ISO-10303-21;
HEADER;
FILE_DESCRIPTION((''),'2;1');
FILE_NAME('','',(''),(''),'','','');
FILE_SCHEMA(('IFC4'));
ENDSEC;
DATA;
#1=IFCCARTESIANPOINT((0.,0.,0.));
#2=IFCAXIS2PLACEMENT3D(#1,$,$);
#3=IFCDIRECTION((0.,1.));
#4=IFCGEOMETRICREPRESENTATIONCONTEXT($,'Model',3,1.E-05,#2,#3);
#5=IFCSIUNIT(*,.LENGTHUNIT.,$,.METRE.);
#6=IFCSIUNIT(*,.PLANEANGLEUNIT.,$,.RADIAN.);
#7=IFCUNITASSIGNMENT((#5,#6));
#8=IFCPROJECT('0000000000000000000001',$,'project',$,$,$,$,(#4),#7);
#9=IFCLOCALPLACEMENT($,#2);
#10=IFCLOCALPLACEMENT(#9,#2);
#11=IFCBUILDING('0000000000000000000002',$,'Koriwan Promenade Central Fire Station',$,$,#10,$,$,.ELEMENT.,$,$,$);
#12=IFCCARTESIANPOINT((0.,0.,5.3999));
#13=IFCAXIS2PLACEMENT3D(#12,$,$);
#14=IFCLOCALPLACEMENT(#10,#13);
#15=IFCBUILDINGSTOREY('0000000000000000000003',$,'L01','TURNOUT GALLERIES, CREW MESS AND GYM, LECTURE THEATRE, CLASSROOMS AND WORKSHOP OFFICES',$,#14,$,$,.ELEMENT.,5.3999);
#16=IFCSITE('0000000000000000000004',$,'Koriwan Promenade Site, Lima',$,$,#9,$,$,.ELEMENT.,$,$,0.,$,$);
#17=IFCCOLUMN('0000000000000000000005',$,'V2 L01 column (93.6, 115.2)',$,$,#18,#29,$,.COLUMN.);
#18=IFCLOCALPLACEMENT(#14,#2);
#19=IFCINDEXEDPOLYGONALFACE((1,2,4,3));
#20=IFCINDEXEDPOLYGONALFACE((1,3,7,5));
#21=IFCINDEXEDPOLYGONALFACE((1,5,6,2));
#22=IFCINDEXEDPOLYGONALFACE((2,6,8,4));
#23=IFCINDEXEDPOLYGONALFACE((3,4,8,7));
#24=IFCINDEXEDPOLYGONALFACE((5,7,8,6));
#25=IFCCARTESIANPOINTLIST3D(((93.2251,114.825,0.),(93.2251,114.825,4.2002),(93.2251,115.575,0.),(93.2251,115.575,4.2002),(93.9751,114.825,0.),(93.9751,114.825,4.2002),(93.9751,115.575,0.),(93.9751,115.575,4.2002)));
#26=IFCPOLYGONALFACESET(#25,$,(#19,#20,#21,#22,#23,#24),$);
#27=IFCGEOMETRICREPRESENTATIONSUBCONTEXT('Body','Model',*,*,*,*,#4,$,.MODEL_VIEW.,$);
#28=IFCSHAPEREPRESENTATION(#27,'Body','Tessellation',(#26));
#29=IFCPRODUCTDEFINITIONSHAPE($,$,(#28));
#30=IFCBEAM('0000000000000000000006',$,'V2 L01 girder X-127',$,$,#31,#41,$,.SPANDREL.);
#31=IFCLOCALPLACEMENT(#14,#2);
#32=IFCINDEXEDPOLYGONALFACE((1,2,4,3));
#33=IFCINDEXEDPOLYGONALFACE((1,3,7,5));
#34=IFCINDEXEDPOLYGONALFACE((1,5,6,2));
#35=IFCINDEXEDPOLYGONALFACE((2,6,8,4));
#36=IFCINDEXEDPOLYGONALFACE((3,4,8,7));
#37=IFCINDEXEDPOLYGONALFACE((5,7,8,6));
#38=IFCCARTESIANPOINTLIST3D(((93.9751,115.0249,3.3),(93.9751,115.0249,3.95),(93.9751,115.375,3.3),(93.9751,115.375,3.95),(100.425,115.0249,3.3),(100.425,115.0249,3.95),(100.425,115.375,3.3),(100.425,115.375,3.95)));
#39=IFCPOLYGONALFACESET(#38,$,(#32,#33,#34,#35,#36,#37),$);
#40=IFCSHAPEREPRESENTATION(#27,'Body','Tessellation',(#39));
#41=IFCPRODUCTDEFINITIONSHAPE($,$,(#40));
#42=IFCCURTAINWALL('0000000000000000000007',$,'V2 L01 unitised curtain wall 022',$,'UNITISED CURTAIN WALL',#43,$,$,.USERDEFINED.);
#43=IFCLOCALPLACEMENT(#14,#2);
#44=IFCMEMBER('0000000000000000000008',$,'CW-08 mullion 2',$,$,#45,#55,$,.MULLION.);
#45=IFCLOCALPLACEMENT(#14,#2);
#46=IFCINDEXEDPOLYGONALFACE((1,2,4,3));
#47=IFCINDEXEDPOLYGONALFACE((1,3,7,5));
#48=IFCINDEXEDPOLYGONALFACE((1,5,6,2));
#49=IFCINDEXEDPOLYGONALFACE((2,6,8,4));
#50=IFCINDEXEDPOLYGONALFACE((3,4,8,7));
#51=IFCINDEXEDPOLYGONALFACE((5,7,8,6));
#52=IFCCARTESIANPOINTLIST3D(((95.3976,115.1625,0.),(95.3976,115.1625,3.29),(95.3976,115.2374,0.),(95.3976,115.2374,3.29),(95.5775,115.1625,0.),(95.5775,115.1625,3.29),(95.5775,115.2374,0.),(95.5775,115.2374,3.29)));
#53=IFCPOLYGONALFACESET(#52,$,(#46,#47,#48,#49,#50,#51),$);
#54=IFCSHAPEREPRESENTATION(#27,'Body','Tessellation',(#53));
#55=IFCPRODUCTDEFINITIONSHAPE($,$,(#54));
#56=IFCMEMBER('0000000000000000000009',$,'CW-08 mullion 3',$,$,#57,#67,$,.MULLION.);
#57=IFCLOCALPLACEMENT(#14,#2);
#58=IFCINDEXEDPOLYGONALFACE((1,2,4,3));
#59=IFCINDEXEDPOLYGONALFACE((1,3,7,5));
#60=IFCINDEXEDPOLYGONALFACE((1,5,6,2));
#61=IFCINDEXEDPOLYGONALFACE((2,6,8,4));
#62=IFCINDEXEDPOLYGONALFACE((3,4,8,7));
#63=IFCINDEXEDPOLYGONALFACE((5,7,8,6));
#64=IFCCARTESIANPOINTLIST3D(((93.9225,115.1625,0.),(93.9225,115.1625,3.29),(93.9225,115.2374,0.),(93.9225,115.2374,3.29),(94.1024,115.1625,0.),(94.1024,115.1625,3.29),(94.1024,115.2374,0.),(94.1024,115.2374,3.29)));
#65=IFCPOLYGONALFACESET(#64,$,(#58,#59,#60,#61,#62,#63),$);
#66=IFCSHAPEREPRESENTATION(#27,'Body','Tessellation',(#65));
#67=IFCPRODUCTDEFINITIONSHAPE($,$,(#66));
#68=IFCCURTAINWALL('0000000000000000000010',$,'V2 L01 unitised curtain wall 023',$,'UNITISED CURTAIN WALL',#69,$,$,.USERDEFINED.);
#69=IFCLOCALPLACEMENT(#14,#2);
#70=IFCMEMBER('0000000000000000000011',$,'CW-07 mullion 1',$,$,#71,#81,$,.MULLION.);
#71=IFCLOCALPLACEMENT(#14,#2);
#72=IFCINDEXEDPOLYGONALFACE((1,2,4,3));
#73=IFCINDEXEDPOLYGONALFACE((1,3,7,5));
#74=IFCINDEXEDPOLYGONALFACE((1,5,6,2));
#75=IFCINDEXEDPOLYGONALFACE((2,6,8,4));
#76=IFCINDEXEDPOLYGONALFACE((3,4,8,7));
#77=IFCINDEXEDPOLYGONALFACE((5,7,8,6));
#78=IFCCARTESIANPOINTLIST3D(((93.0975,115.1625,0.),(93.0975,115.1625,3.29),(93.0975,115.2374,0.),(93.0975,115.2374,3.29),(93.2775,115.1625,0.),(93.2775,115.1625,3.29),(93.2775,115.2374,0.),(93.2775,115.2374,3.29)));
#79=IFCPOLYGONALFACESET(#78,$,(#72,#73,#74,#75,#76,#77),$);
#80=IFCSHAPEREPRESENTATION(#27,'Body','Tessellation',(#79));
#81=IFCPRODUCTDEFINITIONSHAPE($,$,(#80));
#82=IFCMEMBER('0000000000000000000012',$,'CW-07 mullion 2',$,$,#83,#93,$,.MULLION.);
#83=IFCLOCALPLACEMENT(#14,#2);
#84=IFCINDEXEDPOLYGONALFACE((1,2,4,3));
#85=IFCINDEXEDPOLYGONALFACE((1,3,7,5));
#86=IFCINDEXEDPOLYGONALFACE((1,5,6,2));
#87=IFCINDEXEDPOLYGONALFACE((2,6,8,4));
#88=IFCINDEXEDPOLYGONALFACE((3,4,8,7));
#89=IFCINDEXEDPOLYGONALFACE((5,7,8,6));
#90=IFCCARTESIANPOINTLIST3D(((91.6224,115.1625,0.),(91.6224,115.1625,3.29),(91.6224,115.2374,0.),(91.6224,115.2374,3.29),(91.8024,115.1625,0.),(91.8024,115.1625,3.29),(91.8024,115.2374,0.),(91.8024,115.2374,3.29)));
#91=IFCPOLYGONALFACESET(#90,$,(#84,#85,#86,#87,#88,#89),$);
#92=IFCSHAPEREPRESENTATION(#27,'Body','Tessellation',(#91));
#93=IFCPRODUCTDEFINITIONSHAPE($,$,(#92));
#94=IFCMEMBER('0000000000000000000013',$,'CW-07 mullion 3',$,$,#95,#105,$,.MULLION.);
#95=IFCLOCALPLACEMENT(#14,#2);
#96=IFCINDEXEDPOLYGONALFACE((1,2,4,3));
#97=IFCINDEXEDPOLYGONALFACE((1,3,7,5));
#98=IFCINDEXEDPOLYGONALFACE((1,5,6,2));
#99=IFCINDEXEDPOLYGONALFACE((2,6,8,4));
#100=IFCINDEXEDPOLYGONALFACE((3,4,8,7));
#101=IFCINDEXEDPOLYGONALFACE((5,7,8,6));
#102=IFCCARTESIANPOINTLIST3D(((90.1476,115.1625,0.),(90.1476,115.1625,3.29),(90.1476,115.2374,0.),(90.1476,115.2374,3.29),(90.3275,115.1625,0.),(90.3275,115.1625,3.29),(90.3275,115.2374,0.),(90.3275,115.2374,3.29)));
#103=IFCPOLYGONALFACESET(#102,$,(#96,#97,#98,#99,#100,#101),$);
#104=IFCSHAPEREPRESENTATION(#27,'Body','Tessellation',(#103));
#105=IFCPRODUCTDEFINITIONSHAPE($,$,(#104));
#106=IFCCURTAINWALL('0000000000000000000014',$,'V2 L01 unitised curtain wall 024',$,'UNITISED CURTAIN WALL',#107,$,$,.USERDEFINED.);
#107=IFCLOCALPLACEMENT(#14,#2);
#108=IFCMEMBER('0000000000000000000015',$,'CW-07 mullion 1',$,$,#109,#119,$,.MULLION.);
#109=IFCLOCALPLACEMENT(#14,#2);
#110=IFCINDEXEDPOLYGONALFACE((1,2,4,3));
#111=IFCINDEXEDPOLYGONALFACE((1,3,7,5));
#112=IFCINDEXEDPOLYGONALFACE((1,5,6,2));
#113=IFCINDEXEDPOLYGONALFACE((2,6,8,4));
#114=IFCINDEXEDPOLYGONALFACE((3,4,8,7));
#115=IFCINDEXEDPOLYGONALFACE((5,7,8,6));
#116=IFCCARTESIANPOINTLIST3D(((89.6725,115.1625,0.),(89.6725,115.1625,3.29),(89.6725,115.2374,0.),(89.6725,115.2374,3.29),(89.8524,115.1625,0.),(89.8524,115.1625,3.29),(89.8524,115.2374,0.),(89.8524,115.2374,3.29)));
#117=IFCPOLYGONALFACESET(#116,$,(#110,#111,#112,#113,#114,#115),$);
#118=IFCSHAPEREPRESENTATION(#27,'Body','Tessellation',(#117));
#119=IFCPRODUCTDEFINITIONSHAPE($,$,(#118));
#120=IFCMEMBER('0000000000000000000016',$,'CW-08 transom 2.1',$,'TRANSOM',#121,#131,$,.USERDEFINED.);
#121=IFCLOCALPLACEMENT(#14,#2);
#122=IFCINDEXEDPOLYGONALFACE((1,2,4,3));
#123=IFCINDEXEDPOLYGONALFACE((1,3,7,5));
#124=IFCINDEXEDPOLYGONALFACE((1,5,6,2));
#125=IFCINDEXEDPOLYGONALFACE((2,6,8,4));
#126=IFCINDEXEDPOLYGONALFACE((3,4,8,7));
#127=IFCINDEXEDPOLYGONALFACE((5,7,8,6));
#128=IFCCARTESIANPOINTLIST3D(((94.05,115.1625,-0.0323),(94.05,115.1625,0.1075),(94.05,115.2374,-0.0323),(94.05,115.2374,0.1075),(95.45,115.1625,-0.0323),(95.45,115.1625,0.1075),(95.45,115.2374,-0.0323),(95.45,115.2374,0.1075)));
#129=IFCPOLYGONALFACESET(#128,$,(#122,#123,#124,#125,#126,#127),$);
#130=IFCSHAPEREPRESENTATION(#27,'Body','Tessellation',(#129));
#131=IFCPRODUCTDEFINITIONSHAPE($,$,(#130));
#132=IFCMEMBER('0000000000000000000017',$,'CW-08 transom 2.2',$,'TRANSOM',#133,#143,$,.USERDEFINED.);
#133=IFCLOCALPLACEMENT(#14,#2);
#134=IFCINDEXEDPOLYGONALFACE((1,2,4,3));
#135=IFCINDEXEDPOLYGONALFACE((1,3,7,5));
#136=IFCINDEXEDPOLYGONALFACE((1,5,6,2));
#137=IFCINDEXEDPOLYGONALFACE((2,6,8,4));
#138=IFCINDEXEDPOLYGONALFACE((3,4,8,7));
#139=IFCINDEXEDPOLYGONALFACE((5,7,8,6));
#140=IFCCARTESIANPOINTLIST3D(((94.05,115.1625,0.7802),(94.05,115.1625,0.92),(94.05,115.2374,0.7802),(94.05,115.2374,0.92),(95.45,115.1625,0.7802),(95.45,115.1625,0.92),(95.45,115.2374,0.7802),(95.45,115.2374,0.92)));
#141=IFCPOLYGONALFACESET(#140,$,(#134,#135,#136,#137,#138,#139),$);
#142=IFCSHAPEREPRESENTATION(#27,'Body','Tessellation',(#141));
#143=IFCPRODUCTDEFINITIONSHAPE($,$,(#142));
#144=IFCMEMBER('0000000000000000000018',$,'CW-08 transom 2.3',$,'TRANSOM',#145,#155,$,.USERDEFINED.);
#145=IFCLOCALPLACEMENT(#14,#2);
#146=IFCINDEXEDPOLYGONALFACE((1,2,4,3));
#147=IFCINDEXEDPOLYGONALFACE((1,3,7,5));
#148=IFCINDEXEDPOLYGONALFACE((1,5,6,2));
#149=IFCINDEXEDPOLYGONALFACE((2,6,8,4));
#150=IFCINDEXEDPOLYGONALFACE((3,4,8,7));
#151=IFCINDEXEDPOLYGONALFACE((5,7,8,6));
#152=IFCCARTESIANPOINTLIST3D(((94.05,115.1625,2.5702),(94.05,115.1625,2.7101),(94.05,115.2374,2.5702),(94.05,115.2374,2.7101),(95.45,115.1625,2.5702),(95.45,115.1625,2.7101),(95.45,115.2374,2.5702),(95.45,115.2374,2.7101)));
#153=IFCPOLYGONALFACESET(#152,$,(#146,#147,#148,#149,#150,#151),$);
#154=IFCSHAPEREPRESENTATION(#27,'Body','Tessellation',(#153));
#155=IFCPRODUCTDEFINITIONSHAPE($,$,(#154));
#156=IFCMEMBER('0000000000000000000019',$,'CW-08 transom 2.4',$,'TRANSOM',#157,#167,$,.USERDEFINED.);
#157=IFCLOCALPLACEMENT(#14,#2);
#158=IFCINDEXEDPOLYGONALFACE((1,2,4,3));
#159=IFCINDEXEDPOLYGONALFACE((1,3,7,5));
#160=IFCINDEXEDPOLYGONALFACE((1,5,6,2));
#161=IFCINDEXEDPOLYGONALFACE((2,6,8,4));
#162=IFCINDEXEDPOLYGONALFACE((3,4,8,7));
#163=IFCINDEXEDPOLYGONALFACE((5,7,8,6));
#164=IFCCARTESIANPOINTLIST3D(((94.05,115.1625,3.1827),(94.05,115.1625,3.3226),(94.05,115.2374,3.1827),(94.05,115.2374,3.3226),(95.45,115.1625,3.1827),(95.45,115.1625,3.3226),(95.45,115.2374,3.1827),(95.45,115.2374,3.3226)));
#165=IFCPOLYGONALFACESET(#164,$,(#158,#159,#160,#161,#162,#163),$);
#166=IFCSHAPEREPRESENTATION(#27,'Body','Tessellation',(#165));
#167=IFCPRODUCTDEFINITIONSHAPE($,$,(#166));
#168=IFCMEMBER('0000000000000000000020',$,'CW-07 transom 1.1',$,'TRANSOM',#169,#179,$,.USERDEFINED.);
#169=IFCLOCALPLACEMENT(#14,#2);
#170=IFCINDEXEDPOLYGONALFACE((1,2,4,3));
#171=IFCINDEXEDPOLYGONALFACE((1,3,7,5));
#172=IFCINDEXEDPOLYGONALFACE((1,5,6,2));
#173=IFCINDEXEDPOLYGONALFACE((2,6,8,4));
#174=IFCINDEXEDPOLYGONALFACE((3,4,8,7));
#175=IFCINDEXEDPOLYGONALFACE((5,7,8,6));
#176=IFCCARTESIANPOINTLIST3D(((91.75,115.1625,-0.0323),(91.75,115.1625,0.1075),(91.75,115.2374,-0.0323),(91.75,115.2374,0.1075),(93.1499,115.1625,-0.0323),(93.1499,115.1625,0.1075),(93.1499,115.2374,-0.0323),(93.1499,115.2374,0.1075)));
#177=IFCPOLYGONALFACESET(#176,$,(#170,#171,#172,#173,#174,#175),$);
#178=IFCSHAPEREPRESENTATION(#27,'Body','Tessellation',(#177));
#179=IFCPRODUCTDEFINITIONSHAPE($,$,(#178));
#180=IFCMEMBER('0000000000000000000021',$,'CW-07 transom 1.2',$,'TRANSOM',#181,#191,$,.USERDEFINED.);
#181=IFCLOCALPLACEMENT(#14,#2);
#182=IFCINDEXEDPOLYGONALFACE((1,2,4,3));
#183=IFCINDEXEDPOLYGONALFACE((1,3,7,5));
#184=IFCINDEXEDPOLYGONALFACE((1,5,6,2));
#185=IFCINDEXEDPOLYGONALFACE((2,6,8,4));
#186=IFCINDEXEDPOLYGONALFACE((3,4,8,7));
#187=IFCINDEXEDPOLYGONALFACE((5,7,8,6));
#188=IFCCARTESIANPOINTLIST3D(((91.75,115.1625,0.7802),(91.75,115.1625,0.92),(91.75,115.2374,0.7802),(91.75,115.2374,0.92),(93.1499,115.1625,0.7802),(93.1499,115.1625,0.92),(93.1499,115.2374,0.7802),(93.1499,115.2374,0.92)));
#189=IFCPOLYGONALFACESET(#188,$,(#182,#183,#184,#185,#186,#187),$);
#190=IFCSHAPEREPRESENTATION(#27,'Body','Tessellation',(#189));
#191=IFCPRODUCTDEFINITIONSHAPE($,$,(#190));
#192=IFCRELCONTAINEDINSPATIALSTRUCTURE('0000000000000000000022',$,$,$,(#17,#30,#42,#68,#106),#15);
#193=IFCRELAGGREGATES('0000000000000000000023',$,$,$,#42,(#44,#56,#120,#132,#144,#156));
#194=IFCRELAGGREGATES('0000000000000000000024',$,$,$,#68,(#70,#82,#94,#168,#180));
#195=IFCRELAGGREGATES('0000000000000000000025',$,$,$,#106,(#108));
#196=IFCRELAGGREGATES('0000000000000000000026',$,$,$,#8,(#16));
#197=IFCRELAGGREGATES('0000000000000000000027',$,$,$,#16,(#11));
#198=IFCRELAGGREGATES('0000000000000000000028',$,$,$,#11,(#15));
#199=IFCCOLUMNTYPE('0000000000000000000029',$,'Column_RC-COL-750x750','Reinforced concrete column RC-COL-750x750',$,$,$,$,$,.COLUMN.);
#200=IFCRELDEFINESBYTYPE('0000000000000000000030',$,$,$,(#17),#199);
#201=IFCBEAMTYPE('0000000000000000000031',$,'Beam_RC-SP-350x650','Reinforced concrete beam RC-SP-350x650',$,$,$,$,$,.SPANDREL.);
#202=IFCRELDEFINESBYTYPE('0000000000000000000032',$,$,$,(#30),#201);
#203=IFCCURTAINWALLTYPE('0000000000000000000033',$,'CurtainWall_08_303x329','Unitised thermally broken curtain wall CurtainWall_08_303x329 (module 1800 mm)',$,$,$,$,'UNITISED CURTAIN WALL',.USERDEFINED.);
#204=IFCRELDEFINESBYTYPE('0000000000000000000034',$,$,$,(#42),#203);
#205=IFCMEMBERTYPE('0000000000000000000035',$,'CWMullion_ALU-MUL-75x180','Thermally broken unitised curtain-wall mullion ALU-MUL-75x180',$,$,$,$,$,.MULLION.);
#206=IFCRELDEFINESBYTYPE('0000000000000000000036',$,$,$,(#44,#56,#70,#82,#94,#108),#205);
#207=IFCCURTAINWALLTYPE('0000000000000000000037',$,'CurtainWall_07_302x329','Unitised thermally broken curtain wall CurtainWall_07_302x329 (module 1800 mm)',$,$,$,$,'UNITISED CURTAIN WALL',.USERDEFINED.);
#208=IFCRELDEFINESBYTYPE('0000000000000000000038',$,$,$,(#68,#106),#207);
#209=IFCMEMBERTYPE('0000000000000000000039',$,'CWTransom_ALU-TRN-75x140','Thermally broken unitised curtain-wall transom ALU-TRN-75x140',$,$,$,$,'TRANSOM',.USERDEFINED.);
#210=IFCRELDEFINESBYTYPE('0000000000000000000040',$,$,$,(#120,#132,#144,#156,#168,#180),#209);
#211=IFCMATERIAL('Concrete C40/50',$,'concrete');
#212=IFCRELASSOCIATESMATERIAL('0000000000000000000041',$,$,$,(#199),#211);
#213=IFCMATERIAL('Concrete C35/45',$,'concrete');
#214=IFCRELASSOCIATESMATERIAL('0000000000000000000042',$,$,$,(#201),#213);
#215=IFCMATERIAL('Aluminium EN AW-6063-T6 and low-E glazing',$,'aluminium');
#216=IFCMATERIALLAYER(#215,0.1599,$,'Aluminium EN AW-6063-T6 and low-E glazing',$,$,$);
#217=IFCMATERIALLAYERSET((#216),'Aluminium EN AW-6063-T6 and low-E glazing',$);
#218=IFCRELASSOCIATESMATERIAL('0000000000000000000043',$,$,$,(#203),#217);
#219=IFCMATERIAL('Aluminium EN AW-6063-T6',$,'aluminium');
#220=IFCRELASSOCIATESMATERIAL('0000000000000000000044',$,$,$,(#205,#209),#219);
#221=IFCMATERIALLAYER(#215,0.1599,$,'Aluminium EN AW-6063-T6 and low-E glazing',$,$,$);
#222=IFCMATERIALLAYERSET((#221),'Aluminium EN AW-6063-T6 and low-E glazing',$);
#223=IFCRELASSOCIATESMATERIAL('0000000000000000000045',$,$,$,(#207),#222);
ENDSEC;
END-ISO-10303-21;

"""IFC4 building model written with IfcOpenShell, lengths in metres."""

from ifc_helpers import new_model, si_unit, direction, frame, origin, origin_2d, place, context, subcontext, project, spatial, rectangle, extrude, material, layer, layer_set, material_profile, profile_set, type_object, element, aggregate, save


model = new_model("IFC4")

# Units and contexts
model_context = context("Model", 3, precision=1e-05, world=origin(), true_north=direction((0.0, 1.0)))
body_context = subcontext(model_context, "Body", "Model", "MODEL_VIEW")
ifc_project = project(units=[si_unit("LENGTHUNIT", "METRE"), si_unit("PLANEANGLEUNIT", "RADIAN")], contexts=[model_context])

# Site, building, storey
site_placement = place(None, origin())
site = spatial("IfcSite", under=ifc_project, at=site_placement, Name="Koriwan Promenade Site, Lima", CompositionType="ELEMENT", RefElevation=0.0)
building_placement = place(site_placement, origin())
building = spatial("IfcBuilding", under=site, at=building_placement, Name="Koriwan Promenade Central Fire Station", CompositionType="ELEMENT")
storey_placement = place(building_placement, frame((0.0, 0.0, 5.3999)))
storey = spatial("IfcBuildingStorey", under=building, at=storey_placement, Name="L01", Description="TURNOUT GALLERIES, CREW MESS AND GYM, LECTURE THEATRE, CLASSROOMS AND WORKSHOP OFFICES", CompositionType="ELEMENT", Elevation=5.3999)

# Column
ifc_material_1 = material(Name="Concrete C40/50", Category="concrete")
ifc_material_profile_1 = material_profile(ifc_material_1, rectangle(XDim=0.75, YDim=0.75, at=origin_2d()), Name="RC-COL-750x750")
ifc_profile_set_1 = profile_set([ifc_material_profile_1], Name="Concrete C40/50")
column_type = type_object("IfcColumnType", Name="Column_RC-COL-750x750", Description="Reinforced concrete column RC-COL-750x750", PredefinedType="COLUMN", material=ifc_profile_set_1)
column_placement = place(storey_placement, frame((93.6001, 115.2, 0.0), z_axis=(0.0, 0.0, 1.0), x_axis=(1.0, 0.0, 0.0)))
element("IfcColumn", 1, at=column_placement, inside=storey, type_object=column_type, Name="V2 L01 column (93.6, 115.2)", PredefinedType="COLUMN", context=body_context, shape_type="SweptSolid", body=[
    extrude(rectangle(XDim=0.75, YDim=0.75, at=origin_2d()), origin(), (0.0, 0.0, 1.0), 4.2002),
])

# Beam
ifc_material_2 = material(Name="Concrete C35/45", Category="concrete")
ifc_material_profile_2 = material_profile(ifc_material_2, rectangle(XDim=0.3501, YDim=0.6499, at=origin_2d()), Name="RC-SP-350x650")
ifc_profile_set_2 = profile_set([ifc_material_profile_2], Name="Concrete C35/45")
beam_type = type_object("IfcBeamType", Name="Beam_RC-SP-350x650", Description="Reinforced concrete beam RC-SP-350x650", PredefinedType="SPANDREL", material=ifc_profile_set_2)
beam_placement = place(storey_placement, frame((93.9751, 115.2, 3.625), z_axis=(1.0, 0.0, 0.0), x_axis=(0.0, 1.0, 0.0)))
element("IfcBeam", 2, at=beam_placement, inside=storey, type_object=beam_type, Name="V2 L01 girder X-127", PredefinedType="SPANDREL", context=body_context, shape_type="SweptSolid", body=[
    extrude(rectangle(XDim=0.3501, YDim=0.6499, at=origin_2d()), origin(), (0.0, 0.0, 1.0), 6.45),
])

# Curtain walls, members
ifc_material_3 = material(Name="Aluminium EN AW-6063-T6 and low-E glazing", Category="aluminium")
ifc_layer_1 = layer(ifc_material_3, 0.1599, Name="Aluminium EN AW-6063-T6 and low-E glazing")
ifc_layer_set_1 = layer_set([ifc_layer_1], Name="Aluminium EN AW-6063-T6 and low-E glazing")
curtain_wall_type_1 = type_object("IfcCurtainWallType", Name="CurtainWall_08_303x329", Description="Unitised thermally broken curtain wall CurtainWall_08_303x329 (module 1800 mm)", ElementType="UNITISED CURTAIN WALL", PredefinedType="USERDEFINED", material=ifc_layer_set_1)
curtain_wall_1_placement = place(storey_placement, origin())
curtain_wall_1 = element("IfcCurtainWall", 3, at=curtain_wall_1_placement, inside=storey, type_object=curtain_wall_type_1, Name="V2 L01 unitised curtain wall 022", ObjectType="UNITISED CURTAIN WALL", PredefinedType="USERDEFINED")
ifc_material_4 = material(Name="Aluminium EN AW-6063-T6", Category="aluminium")
ifc_material_profile_3 = material_profile(ifc_material_4, rectangle(XDim=0.075, YDim=0.1799, at=origin_2d()), Name="ALU-MUL-75x180")
ifc_profile_set_3 = profile_set([ifc_material_profile_3], Name="Aluminium EN AW-6063-T6")
member_type_1 = type_object("IfcMemberType", Name="CWMullion_ALU-MUL-75x180", Description="Thermally broken unitised curtain-wall mullion ALU-MUL-75x180", PredefinedType="MULLION", material=ifc_profile_set_3)
member_1_placement = place(storey_placement, frame((95.4875, 115.2, 0.0), z_axis=(0.0, 0.0, 1.0), x_axis=(0.0, -1.0, 0.0)))
member_1 = element("IfcMember", 4, at=member_1_placement, type_object=member_type_1, Name="CW-08 mullion 2", PredefinedType="MULLION", context=body_context, shape_type="SweptSolid", body=[
    extrude(rectangle(XDim=0.075, YDim=0.1799, at=origin_2d()), origin(), (0.0, 0.0, 1.0), 3.29),
])
member_2_placement = place(storey_placement, frame((94.0125, 115.2, 0.0), z_axis=(0.0, 0.0, 1.0), x_axis=(0.0, -1.0, 0.0)))
member_2 = element("IfcMember", 5, at=member_2_placement, type_object=member_type_1, Name="CW-08 mullion 3", PredefinedType="MULLION", context=body_context, shape_type="SweptSolid", body=[
    extrude(rectangle(XDim=0.075, YDim=0.1799, at=origin_2d()), origin(), (0.0, 0.0, 1.0), 3.29),
])
ifc_layer_2 = layer(ifc_material_3, 0.1599, Name="Aluminium EN AW-6063-T6 and low-E glazing")
ifc_layer_set_2 = layer_set([ifc_layer_2], Name="Aluminium EN AW-6063-T6 and low-E glazing")
curtain_wall_type_2 = type_object("IfcCurtainWallType", Name="CurtainWall_07_302x329", Description="Unitised thermally broken curtain wall CurtainWall_07_302x329 (module 1800 mm)", ElementType="UNITISED CURTAIN WALL", PredefinedType="USERDEFINED", material=ifc_layer_set_2)
curtain_wall_2_placement = place(storey_placement, origin())
curtain_wall_2 = element("IfcCurtainWall", 6, at=curtain_wall_2_placement, inside=storey, type_object=curtain_wall_type_2, Name="V2 L01 unitised curtain wall 023", ObjectType="UNITISED CURTAIN WALL", PredefinedType="USERDEFINED")
member_3_placement = place(storey_placement, frame((93.1875, 115.2, 0.0), z_axis=(0.0, 0.0, 1.0), x_axis=(0.0, -1.0, 0.0)))
member_3 = element("IfcMember", 7, at=member_3_placement, type_object=member_type_1, Name="CW-07 mullion 1", PredefinedType="MULLION", context=body_context, shape_type="SweptSolid", body=[
    extrude(rectangle(XDim=0.075, YDim=0.1799, at=origin_2d()), origin(), (0.0, 0.0, 1.0), 3.29),
])
member_4_placement = place(storey_placement, frame((91.7124, 115.2, 0.0), z_axis=(0.0, 0.0, 1.0), x_axis=(0.0, -1.0, 0.0)))
member_4 = element("IfcMember", 8, at=member_4_placement, type_object=member_type_1, Name="CW-07 mullion 2", PredefinedType="MULLION", context=body_context, shape_type="SweptSolid", body=[
    extrude(rectangle(XDim=0.075, YDim=0.1799, at=origin_2d()), origin(), (0.0, 0.0, 1.0), 3.29),
])
member_5_placement = place(storey_placement, frame((90.2375, 115.2, 0.0), z_axis=(0.0, 0.0, 1.0), x_axis=(0.0, -1.0, 0.0)))
member_5 = element("IfcMember", 9, at=member_5_placement, type_object=member_type_1, Name="CW-07 mullion 3", PredefinedType="MULLION", context=body_context, shape_type="SweptSolid", body=[
    extrude(rectangle(XDim=0.075, YDim=0.1799, at=origin_2d()), origin(), (0.0, 0.0, 1.0), 3.29),
])

# Curtain wall, member
curtain_wall_3_placement = place(storey_placement, origin())
curtain_wall_3 = element("IfcCurtainWall", 10, at=curtain_wall_3_placement, inside=storey, type_object=curtain_wall_type_2, Name="V2 L01 unitised curtain wall 024", ObjectType="UNITISED CURTAIN WALL", PredefinedType="USERDEFINED")
member_6_placement = place(storey_placement, frame((89.7625, 115.2, 0.0), z_axis=(0.0, 0.0, 1.0), x_axis=(0.0, -1.0, 0.0)))
member_6 = element("IfcMember", 11, at=member_6_placement, type_object=member_type_1, Name="CW-07 mullion 1", PredefinedType="MULLION", context=body_context, shape_type="SweptSolid", body=[
    extrude(rectangle(XDim=0.075, YDim=0.1799, at=origin_2d()), origin(), (0.0, 0.0, 1.0), 3.29),
])

# Members
ifc_material_profile_4 = material_profile(ifc_material_4, rectangle(XDim=0.075, YDim=0.1399, at=origin_2d()), Name="ALU-TRN-75x140")
ifc_profile_set_4 = profile_set([ifc_material_profile_4], Name="Aluminium EN AW-6063-T6")
member_type_2 = type_object("IfcMemberType", Name="CWTransom_ALU-TRN-75x140", Description="Thermally broken unitised curtain-wall transom ALU-TRN-75x140", ElementType="TRANSOM", PredefinedType="USERDEFINED", material=ifc_profile_set_4)
member_7_placement = place(storey_placement, frame((95.45, 115.2, 0.0376), z_axis=(-1.0, 0.0, 0.0), x_axis=(0.0, -1.0, 0.0)))
member_7 = element("IfcMember", 12, at=member_7_placement, type_object=member_type_2, Name="CW-08 transom 2.1", ObjectType="TRANSOM", PredefinedType="USERDEFINED", context=body_context, shape_type="SweptSolid", body=[
    extrude(rectangle(XDim=0.075, YDim=0.1399, at=origin_2d()), origin(), (0.0, 0.0, 1.0), 1.3999),
])
member_8_placement = place(storey_placement, frame((95.45, 115.2, 0.8501), z_axis=(-1.0, 0.0, 0.0), x_axis=(0.0, -1.0, 0.0)))
member_8 = element("IfcMember", 13, at=member_8_placement, type_object=member_type_2, Name="CW-08 transom 2.2", ObjectType="TRANSOM", PredefinedType="USERDEFINED", context=body_context, shape_type="SweptSolid", body=[
    extrude(rectangle(XDim=0.075, YDim=0.1399, at=origin_2d()), origin(), (0.0, 0.0, 1.0), 1.3999),
])
member_9_placement = place(storey_placement, frame((95.45, 115.2, 2.6401), z_axis=(-1.0, 0.0, 0.0), x_axis=(0.0, -1.0, 0.0)))
member_9 = element("IfcMember", 14, at=member_9_placement, type_object=member_type_2, Name="CW-08 transom 2.3", ObjectType="TRANSOM", PredefinedType="USERDEFINED", context=body_context, shape_type="SweptSolid", body=[
    extrude(rectangle(XDim=0.075, YDim=0.1399, at=origin_2d()), origin(), (0.0, 0.0, 1.0), 1.3999),
])
member_10_placement = place(storey_placement, frame((95.45, 115.2, 3.2527), z_axis=(-1.0, 0.0, 0.0), x_axis=(0.0, -1.0, 0.0)))
member_10 = element("IfcMember", 15, at=member_10_placement, type_object=member_type_2, Name="CW-08 transom 2.4", ObjectType="TRANSOM", PredefinedType="USERDEFINED", context=body_context, shape_type="SweptSolid", body=[
    extrude(rectangle(XDim=0.075, YDim=0.1399, at=origin_2d()), origin(), (0.0, 0.0, 1.0), 1.3999),
])
member_11_placement = place(storey_placement, frame((93.1499, 115.2, 0.0376), z_axis=(-1.0, 0.0, 0.0), x_axis=(0.0, -1.0, 0.0)))
member_11 = element("IfcMember", 16, at=member_11_placement, type_object=member_type_2, Name="CW-07 transom 1.1", ObjectType="TRANSOM", PredefinedType="USERDEFINED", context=body_context, shape_type="SweptSolid", body=[
    extrude(rectangle(XDim=0.075, YDim=0.1399, at=origin_2d()), origin(), (0.0, 0.0, 1.0), 1.3999),
])
member_12_placement = place(storey_placement, frame((93.1499, 115.2, 0.8501), z_axis=(-1.0, 0.0, 0.0), x_axis=(0.0, -1.0, 0.0)))
member_12 = element("IfcMember", 17, at=member_12_placement, type_object=member_type_2, Name="CW-07 transom 1.2", ObjectType="TRANSOM", PredefinedType="USERDEFINED", context=body_context, shape_type="SweptSolid", body=[
    extrude(rectangle(XDim=0.075, YDim=0.1399, at=origin_2d()), origin(), (0.0, 0.0, 1.0), 1.3999),
])

aggregate(curtain_wall_1, [member_1, member_2, member_7, member_8, member_9, member_10])
aggregate(curtain_wall_2, [member_3, member_4, member_5, member_11, member_12])
aggregate(curtain_wall_3, [member_6])

save(model, "model.ifc")
